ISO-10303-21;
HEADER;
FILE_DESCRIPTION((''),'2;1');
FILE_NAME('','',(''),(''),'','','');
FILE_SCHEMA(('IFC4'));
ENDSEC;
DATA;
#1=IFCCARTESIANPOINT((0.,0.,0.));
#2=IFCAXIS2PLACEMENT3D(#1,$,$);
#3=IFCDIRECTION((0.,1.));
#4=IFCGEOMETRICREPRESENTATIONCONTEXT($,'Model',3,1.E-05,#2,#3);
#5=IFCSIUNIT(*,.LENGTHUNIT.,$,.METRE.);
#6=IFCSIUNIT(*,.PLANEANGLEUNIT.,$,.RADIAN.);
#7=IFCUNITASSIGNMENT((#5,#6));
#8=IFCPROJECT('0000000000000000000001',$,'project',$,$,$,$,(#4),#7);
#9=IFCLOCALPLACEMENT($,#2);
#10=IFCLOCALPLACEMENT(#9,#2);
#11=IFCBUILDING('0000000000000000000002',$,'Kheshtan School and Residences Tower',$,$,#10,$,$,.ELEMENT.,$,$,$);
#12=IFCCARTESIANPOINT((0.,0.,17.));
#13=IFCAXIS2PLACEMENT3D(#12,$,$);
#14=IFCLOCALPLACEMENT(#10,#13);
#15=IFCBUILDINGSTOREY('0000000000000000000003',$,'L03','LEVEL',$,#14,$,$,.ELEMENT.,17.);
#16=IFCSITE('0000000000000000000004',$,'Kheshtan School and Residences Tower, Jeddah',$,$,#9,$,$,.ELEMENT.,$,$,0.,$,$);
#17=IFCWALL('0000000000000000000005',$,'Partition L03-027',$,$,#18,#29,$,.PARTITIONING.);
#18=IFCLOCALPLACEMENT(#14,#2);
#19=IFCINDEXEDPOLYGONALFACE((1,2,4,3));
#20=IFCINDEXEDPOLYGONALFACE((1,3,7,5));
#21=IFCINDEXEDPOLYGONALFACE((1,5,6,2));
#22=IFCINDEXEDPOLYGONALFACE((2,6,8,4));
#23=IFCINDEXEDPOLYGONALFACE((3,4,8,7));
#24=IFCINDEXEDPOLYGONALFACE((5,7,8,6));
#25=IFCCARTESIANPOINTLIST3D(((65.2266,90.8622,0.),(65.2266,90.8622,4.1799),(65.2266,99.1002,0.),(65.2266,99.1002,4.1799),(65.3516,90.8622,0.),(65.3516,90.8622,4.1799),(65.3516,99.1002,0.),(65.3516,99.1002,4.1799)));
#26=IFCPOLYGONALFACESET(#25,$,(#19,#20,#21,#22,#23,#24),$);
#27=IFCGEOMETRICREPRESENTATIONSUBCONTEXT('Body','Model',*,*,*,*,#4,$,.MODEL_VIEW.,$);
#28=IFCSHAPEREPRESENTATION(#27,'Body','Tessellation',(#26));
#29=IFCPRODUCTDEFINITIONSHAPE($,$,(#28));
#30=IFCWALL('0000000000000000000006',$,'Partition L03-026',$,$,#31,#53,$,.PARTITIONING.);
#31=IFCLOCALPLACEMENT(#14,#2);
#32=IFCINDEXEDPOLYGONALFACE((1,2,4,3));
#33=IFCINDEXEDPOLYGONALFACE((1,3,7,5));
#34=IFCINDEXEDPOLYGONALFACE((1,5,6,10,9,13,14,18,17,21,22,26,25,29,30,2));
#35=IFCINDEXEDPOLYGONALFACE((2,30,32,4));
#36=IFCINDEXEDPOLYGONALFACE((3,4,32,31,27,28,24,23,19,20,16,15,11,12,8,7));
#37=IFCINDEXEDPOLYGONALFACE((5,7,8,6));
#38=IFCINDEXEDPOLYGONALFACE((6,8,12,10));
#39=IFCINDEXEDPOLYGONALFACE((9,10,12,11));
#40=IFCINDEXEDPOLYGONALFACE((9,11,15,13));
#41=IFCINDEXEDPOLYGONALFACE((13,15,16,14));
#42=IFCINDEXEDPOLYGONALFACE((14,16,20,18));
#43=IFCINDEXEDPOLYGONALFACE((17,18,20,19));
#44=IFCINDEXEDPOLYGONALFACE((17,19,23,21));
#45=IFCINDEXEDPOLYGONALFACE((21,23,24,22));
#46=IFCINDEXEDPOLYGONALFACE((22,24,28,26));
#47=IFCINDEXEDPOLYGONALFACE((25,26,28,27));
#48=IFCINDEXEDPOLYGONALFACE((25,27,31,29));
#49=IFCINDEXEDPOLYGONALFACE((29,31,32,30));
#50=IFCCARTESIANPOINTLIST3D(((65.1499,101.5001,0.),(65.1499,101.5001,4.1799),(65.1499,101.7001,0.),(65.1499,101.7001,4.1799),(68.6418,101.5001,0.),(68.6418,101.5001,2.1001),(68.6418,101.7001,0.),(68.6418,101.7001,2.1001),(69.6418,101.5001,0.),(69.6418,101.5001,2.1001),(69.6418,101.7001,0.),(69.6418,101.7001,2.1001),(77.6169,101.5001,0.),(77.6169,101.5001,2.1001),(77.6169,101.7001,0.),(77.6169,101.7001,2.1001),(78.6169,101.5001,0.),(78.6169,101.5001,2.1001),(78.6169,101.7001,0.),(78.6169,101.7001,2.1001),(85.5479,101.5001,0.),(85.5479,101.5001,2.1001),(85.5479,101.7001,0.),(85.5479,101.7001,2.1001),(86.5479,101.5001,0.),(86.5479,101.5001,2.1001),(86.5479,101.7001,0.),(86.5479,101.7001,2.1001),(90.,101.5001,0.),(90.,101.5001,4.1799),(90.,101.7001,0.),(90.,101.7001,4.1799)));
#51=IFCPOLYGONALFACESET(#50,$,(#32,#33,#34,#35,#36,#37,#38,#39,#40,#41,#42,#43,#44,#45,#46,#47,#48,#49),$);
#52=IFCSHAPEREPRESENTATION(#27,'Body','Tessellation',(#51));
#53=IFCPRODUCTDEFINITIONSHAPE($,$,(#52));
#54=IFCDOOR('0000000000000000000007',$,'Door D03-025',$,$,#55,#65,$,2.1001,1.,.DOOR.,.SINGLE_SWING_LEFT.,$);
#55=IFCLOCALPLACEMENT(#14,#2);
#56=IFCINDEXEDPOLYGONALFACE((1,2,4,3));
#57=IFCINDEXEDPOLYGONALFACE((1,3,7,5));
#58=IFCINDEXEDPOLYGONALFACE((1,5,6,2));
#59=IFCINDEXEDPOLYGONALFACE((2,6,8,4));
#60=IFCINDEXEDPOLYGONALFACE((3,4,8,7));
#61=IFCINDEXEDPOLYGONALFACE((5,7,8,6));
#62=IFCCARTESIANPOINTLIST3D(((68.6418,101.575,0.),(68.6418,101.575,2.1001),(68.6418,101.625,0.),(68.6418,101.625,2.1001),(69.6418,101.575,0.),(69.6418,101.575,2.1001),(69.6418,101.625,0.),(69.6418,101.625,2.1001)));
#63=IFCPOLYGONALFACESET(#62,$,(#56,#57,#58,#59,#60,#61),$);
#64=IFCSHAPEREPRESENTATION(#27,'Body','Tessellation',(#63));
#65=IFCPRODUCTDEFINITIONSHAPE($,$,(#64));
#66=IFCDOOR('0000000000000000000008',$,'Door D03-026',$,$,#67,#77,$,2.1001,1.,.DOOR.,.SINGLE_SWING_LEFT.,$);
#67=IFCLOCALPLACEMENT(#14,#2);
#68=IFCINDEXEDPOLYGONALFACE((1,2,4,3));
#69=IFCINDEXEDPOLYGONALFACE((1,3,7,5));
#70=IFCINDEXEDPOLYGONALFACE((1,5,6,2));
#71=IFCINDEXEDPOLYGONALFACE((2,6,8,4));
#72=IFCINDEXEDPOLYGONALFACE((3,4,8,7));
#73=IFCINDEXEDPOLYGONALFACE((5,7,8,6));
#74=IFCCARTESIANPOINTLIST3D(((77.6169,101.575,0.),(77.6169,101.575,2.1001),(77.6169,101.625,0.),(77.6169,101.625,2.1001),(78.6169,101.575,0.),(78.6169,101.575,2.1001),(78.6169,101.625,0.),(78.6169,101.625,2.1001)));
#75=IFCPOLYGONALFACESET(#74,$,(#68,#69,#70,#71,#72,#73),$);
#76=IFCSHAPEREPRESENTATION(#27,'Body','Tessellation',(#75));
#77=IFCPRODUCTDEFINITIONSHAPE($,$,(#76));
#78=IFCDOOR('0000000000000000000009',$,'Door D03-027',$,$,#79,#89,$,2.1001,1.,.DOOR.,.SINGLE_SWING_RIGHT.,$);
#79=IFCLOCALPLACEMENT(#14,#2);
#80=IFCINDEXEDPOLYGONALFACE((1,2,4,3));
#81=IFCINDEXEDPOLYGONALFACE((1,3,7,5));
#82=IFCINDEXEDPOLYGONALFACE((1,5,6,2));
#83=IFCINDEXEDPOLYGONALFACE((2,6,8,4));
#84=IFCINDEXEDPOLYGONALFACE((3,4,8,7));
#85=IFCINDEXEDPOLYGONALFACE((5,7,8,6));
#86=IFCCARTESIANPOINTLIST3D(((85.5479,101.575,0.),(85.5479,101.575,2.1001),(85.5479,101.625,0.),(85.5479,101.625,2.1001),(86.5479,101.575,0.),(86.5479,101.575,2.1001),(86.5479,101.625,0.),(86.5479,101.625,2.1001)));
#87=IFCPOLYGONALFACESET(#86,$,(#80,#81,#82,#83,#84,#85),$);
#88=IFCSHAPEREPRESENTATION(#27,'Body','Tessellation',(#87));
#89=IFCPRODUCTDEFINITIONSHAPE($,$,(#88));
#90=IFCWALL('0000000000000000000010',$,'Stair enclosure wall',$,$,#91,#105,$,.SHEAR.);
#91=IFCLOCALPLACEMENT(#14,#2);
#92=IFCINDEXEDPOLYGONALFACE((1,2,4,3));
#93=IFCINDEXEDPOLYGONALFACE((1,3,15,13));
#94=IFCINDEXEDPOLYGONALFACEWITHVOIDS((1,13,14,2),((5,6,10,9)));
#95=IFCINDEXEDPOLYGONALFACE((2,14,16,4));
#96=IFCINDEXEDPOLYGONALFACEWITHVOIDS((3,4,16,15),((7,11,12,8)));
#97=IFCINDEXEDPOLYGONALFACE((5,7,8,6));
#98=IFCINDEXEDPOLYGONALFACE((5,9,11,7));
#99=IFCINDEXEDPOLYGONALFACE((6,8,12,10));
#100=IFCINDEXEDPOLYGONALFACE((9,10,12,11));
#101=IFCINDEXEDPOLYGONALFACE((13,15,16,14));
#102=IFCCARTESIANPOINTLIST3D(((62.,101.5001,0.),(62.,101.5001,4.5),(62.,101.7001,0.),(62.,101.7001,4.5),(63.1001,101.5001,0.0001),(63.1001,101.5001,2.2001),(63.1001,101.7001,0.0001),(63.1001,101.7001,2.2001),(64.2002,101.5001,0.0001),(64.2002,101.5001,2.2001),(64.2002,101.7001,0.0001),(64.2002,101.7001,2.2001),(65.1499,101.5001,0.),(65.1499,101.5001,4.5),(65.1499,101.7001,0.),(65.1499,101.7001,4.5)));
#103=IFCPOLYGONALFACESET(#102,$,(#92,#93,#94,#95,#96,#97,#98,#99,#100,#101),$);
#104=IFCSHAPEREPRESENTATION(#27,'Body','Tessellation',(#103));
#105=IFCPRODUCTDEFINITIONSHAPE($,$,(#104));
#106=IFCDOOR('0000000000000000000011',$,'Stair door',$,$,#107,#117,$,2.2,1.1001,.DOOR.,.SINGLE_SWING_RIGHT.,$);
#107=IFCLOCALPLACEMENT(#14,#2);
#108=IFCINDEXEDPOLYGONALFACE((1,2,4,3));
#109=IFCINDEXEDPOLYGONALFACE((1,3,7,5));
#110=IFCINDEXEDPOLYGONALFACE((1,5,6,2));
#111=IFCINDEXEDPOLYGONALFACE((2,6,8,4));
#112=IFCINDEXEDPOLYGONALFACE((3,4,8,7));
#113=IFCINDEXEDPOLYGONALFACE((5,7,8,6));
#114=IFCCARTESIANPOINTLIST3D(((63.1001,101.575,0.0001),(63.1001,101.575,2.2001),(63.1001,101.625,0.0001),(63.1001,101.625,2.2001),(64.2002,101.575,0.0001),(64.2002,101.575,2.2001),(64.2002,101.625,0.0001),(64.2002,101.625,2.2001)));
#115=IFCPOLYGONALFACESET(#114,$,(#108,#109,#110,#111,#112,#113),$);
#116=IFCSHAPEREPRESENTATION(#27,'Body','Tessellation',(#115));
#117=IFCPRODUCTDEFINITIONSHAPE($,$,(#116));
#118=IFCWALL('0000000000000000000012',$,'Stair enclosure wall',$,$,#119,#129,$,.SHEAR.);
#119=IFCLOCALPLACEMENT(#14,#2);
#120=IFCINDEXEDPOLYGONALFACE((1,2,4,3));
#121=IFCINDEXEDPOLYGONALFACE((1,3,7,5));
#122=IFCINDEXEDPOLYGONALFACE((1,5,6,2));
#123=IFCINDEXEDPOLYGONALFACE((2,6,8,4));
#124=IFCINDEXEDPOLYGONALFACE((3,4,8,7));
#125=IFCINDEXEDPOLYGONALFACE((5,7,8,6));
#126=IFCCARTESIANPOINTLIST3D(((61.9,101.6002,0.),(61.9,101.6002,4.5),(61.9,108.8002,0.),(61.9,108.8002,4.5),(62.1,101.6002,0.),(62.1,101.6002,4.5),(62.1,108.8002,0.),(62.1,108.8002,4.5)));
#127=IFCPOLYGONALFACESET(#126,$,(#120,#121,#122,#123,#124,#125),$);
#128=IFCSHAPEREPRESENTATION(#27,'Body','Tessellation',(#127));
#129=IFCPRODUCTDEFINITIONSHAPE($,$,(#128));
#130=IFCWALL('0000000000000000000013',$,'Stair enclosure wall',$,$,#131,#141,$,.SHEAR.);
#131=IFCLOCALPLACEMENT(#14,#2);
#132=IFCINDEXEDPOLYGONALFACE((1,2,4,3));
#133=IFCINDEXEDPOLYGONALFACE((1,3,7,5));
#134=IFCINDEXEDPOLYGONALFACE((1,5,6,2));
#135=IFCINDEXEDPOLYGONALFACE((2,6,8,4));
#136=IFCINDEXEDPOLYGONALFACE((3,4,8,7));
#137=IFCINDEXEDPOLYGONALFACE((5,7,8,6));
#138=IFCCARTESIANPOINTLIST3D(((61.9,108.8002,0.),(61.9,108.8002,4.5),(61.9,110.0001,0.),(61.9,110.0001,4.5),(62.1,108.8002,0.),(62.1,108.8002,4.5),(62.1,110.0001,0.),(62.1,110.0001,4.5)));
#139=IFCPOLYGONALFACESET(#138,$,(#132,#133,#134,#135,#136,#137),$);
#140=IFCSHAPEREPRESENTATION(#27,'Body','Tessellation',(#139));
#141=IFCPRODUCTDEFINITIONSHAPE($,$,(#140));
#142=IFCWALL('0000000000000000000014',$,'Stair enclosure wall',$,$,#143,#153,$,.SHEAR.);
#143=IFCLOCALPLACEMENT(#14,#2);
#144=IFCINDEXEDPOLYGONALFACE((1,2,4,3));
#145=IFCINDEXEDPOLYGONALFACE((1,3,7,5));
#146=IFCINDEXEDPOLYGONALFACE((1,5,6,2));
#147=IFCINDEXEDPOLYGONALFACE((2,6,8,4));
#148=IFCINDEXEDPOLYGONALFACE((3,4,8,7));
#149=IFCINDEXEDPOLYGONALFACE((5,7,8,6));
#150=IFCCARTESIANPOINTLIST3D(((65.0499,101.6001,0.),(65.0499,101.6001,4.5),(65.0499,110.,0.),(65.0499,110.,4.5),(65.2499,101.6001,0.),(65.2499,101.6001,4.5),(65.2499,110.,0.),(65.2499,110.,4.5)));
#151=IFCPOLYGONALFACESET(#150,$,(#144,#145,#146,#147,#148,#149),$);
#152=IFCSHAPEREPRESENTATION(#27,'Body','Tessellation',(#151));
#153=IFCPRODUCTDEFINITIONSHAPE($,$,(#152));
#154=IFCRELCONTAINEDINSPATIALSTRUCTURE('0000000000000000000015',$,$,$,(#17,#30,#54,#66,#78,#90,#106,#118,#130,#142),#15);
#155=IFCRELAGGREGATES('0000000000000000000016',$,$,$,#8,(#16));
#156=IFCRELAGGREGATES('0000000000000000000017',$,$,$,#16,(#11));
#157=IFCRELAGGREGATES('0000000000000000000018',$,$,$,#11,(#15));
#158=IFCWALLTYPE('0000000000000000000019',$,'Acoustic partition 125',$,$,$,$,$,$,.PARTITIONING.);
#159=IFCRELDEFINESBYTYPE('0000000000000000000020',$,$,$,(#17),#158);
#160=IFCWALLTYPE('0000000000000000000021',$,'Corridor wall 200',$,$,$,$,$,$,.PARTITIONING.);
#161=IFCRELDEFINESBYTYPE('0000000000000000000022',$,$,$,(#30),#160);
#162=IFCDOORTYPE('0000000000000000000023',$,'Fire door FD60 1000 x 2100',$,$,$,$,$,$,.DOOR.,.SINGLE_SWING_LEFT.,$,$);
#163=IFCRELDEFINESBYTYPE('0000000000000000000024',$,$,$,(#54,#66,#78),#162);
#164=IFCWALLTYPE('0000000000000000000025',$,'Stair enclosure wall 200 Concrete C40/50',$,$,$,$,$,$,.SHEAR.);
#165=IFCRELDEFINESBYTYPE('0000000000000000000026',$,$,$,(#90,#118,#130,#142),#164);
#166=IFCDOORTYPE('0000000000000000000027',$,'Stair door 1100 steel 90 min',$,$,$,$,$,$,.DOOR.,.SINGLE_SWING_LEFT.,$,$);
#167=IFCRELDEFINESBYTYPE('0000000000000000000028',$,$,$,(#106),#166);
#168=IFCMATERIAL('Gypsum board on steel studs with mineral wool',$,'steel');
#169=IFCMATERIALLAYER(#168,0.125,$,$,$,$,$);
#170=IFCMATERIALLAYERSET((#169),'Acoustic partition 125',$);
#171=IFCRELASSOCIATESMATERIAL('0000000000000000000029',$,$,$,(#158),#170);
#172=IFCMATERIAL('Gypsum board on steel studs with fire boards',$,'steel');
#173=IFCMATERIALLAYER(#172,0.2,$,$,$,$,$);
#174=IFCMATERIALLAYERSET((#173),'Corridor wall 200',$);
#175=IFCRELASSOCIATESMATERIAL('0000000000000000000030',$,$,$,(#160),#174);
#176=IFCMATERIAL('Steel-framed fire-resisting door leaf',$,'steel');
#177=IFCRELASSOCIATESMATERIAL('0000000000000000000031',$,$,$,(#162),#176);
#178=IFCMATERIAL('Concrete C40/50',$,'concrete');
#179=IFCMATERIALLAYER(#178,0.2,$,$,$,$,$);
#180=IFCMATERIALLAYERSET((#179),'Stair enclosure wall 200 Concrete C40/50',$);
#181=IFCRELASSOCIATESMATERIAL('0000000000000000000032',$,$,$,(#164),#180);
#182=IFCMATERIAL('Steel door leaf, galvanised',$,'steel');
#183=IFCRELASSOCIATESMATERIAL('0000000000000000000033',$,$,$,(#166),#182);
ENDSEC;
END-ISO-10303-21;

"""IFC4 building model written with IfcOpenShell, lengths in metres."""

from ifc_helpers import new_model, si_unit, direction, frame, frame_2d, origin, place, context, subcontext, project, spatial, rectangle, extrude, source, transform, mapped, material, layer, layer_set, type_object, element, fill, save


model = new_model("IFC4")

# Units and contexts
model_context = context("Model", 3, precision=1e-05, world=origin(), true_north=direction((0.0, 1.0)))
body_context = subcontext(model_context, "Body", "Model", "MODEL_VIEW")
ifc_project = project(units=[si_unit("LENGTHUNIT", "METRE"), si_unit("PLANEANGLEUNIT", "RADIAN")], contexts=[model_context])

# Site, building, storey
site_placement = place(None, origin())
site = spatial("IfcSite", under=ifc_project, at=site_placement, Name="Kheshtan School and Residences Tower, Jeddah", CompositionType="ELEMENT", RefElevation=0.0)
building_placement = place(site_placement, origin())
building = spatial("IfcBuilding", under=site, at=building_placement, Name="Kheshtan School and Residences Tower", CompositionType="ELEMENT")
storey_placement = place(building_placement, frame((0.0, 0.0, 17.0)))
storey = spatial("IfcBuildingStorey", under=building, at=storey_placement, Name="L03", Description="LEVEL", CompositionType="ELEMENT", Elevation=17.0)

# Wall
ifc_material_1 = material(Name="Gypsum board on steel studs with mineral wool", Category="steel")
ifc_layer_1 = layer(ifc_material_1, 0.125)
ifc_layer_set_1 = layer_set([ifc_layer_1], Name="Acoustic partition 125")
wall_type_1 = type_object("IfcWallType", Name="Acoustic partition 125", PredefinedType="PARTITIONING", material=ifc_layer_set_1)
wall_1_placement = place(storey_placement, frame((65.2891, 90.8621, 0.0), z_axis=(0.0, 0.0, 1.0), x_axis=(0.0, 1.0, 0.0)))
element("IfcWall", 1, at=wall_1_placement, inside=storey, type_object=wall_type_1, Name="Partition L03-027", PredefinedType="PARTITIONING", context=body_context, shape_type="SweptSolid", body=[
    extrude(rectangle(XDim=8.238, YDim=0.125, at=frame_2d((4.1191, 0.0))), origin(), (0.0, 0.0, 1.0), 4.1799),
])

# Wall, openings, doors
ifc_material_2 = material(Name="Gypsum board on steel studs with fire boards", Category="steel")
ifc_layer_2 = layer(ifc_material_2, 0.2)
ifc_layer_set_2 = layer_set([ifc_layer_2], Name="Corridor wall 200")
wall_type_2 = type_object("IfcWallType", Name="Corridor wall 200", PredefinedType="PARTITIONING", material=ifc_layer_set_2)
wall_2_placement = place(storey_placement, frame((65.1499, 101.6001, 0.0), z_axis=(0.0, 0.0, 1.0), x_axis=(1.0, 0.0, 0.0)))
wall_2 = element("IfcWall", 2, at=wall_2_placement, inside=storey, type_object=wall_type_2, Name="Partition L03-026", PredefinedType="PARTITIONING", context=body_context, shape_type="SweptSolid", body=[
    extrude(rectangle(XDim=24.8501, YDim=0.2, at=frame_2d((12.425, 0.0))), origin(), (0.0, 0.0, 1.0), 4.1799),
])
opening_1_placement = place(wall_2_placement, frame((3.4919, 0.0, 0.0)))
opening_1 = element("IfcOpeningElement", 3, at=opening_1_placement, cuts=wall_2, PredefinedType="OPENING", context=body_context, shape_type="SweptSolid", body=[
    extrude(rectangle(XDim=1.0, YDim=2.1001, at=frame_2d((0.5, 1.05))), frame((0.0, 0.1099, 0.0), z_axis=(0.0, -1.0, 0.0), x_axis=(1.0, 0.0, 0.0)), (0.0, 0.0, 1.0), 0.22),
])
opening_2_placement = place(wall_2_placement, frame((12.467, 0.0, 0.0)))
opening_2 = element("IfcOpeningElement", 4, at=opening_2_placement, cuts=wall_2, PredefinedType="OPENING", context=body_context, shape_type="SweptSolid", body=[
    extrude(rectangle(XDim=1.0, YDim=2.1001, at=frame_2d((0.5, 1.05))), frame((0.0, 0.1099, 0.0), z_axis=(0.0, -1.0, 0.0), x_axis=(1.0, 0.0, 0.0)), (0.0, 0.0, 1.0), 0.22),
])
opening_3_placement = place(wall_2_placement, frame((20.3979, 0.0, 0.0)))
opening_3 = element("IfcOpeningElement", 5, at=opening_3_placement, cuts=wall_2, PredefinedType="OPENING", context=body_context, shape_type="SweptSolid", body=[
    extrude(rectangle(XDim=1.0, YDim=2.1001, at=frame_2d((0.5, 1.05))), frame((0.0, 0.1099, 0.0), z_axis=(0.0, -1.0, 0.0), x_axis=(1.0, 0.0, 0.0)), (0.0, 0.0, 1.0), 0.22),
])
ifc_material_3 = material(Name="Steel-framed fire-resisting door leaf", Category="steel")
door_type_1 = type_object("IfcDoorType", Name="Fire door FD60 1000 x 2100", OperationType="SINGLE_SWING_LEFT", PredefinedType="DOOR", material=ifc_material_3)
shared_shape_1 = source(origin(), body_context, "Body", "SweptSolid", [
    extrude(rectangle(XDim=1.0, YDim=2.1001, at=frame_2d((0.5, 1.05))), frame((0.0, 0.0249, 0.0), z_axis=(0.0, -1.0, 0.0), x_axis=(1.0, 0.0, 0.0)), (0.0, 0.0, 1.0), 0.05),
])
door_1_placement = place(opening_1_placement, origin())
door_1 = element("IfcDoor", 6, at=door_1_placement, inside=storey, type_object=door_type_1, Name="Door D03-025", OperationType="SINGLE_SWING_LEFT", OverallHeight=2.1001, OverallWidth=1.0, PredefinedType="DOOR", context=body_context, shape_type="MappedRepresentation", body=[
    mapped(shared_shape_1, transform((0.0, 0.0, 0.0), x_axis=(1.0, 0.0, 0.0), y_axis=(0.0, 1.0, 0.0), z_axis=(0.0, 0.0, 1.0), scale=1.0)),
])
fill(opening_1, door_1)
door_2_placement = place(opening_2_placement, origin())
door_2 = element("IfcDoor", 7, at=door_2_placement, inside=storey, type_object=door_type_1, Name="Door D03-026", OperationType="SINGLE_SWING_LEFT", OverallHeight=2.1001, OverallWidth=1.0, PredefinedType="DOOR", context=body_context, shape_type="MappedRepresentation", body=[
    mapped(shared_shape_1, transform((0.0, 0.0, 0.0), x_axis=(1.0, 0.0, 0.0), y_axis=(0.0, 1.0, 0.0), z_axis=(0.0, 0.0, 1.0), scale=1.0)),
])
fill(opening_2, door_2)
door_3_placement = place(opening_3_placement, origin())
door_3 = element("IfcDoor", 8, at=door_3_placement, inside=storey, type_object=door_type_1, Name="Door D03-027", OperationType="SINGLE_SWING_RIGHT", OverallHeight=2.1001, OverallWidth=1.0, PredefinedType="DOOR", context=body_context, shape_type="MappedRepresentation", body=[
    mapped(shared_shape_1, transform((0.0, 0.0, 0.0), x_axis=(1.0, 0.0, 0.0), y_axis=(0.0, 1.0, 0.0), z_axis=(0.0, 0.0, 1.0), scale=1.0)),
])
fill(opening_3, door_3)

# Wall, opening, door
ifc_material_4 = material(Name="Concrete C40/50", Category="concrete")
ifc_layer_3 = layer(ifc_material_4, 0.2)
ifc_layer_set_3 = layer_set([ifc_layer_3], Name="Stair enclosure wall 200 Concrete C40/50")
wall_type_3 = type_object("IfcWallType", Name="Stair enclosure wall 200 Concrete C40/50", PredefinedType="SHEAR", material=ifc_layer_set_3)
wall_3_placement = place(storey_placement, frame((62.0, 101.6001, 0.0), z_axis=(0.0, 0.0, 1.0), x_axis=(1.0, 0.0, 0.0)))
wall_3 = element("IfcWall", 9, at=wall_3_placement, inside=storey, type_object=wall_type_3, Name="Stair enclosure wall", PredefinedType="SHEAR", context=body_context, shape_type="SweptSolid", body=[
    extrude(rectangle(XDim=3.1499, YDim=0.2, at=frame_2d((1.575, 0.0))), origin(), (0.0, 0.0, 1.0), 4.5),
])
opening_4_placement = place(wall_3_placement, frame((1.1001, 0.0, 0.0)))
opening_4 = element("IfcOpeningElement", 10, at=opening_4_placement, cuts=wall_3, PredefinedType="OPENING", context=body_context, shape_type="SweptSolid", body=[
    extrude(rectangle(XDim=1.1001, YDim=2.2, at=frame_2d((0.55, 1.1001))), frame((0.0, 0.1099, 0.0), z_axis=(0.0, -1.0, 0.0), x_axis=(1.0, 0.0, 0.0)), (0.0, 0.0, 1.0), 0.22),
])
ifc_material_5 = material(Name="Steel door leaf, galvanised", Category="steel")
door_type_2 = type_object("IfcDoorType", Name="Stair door 1100 steel 90 min", OperationType="SINGLE_SWING_LEFT", PredefinedType="DOOR", material=ifc_material_5)
shared_shape_2 = source(origin(), body_context, "Body", "SweptSolid", [
    extrude(rectangle(XDim=1.1001, YDim=2.2, at=frame_2d((0.55, 1.1001))), frame((0.0, 0.0249, 0.0), z_axis=(0.0, -1.0, 0.0), x_axis=(1.0, 0.0, 0.0)), (0.0, 0.0, 1.0), 0.05),
])
door_4_placement = place(opening_4_placement, origin())
door_4 = element("IfcDoor", 11, at=door_4_placement, inside=storey, type_object=door_type_2, Name="Stair door", OperationType="SINGLE_SWING_RIGHT", OverallHeight=2.2, OverallWidth=1.1001, PredefinedType="DOOR", context=body_context, shape_type="MappedRepresentation", body=[
    mapped(shared_shape_2, transform((0.0, 0.0, 0.0), x_axis=(1.0, 0.0, 0.0), y_axis=(0.0, 1.0, 0.0), z_axis=(0.0, 0.0, 1.0), scale=1.0)),
])
fill(opening_4, door_4)

# Walls
wall_4_placement = place(storey_placement, frame((62.0, 101.6001, 0.0), z_axis=(0.0, 0.0, 1.0), x_axis=(0.0, 1.0, 0.0)))
element("IfcWall", 12, at=wall_4_placement, inside=storey, type_object=wall_type_3, Name="Stair enclosure wall", PredefinedType="SHEAR", context=body_context, shape_type="SweptSolid", body=[
    extrude(rectangle(XDim=7.2, YDim=0.2, at=frame_2d((3.6001, 0.0))), origin(), (0.0, 0.0, 1.0), 4.5),
])
wall_5_placement = place(storey_placement, frame((62.0, 108.8, 0.0), z_axis=(0.0, 0.0, 1.0), x_axis=(0.0, 1.0, 0.0)))
element("IfcWall", 13, at=wall_5_placement, inside=storey, type_object=wall_type_3, Name="Stair enclosure wall", PredefinedType="SHEAR", context=body_context, shape_type="SweptSolid", body=[
    extrude(rectangle(XDim=1.2, YDim=0.2, at=frame_2d((0.6001, 0.0))), origin(), (0.0, 0.0, 1.0), 4.5),
])
wall_6_placement = place(storey_placement, frame((65.1499, 101.6001, 0.0), z_axis=(0.0, 0.0, 1.0), x_axis=(0.0, 1.0, 0.0)))
element("IfcWall", 14, at=wall_6_placement, inside=storey, type_object=wall_type_3, Name="Stair enclosure wall", PredefinedType="SHEAR", context=body_context, shape_type="SweptSolid", body=[
    extrude(rectangle(XDim=8.3999, YDim=0.2, at=frame_2d((4.2, 0.0))), origin(), (0.0, 0.0, 1.0), 4.5),
])

save(model, "model.ifc")
